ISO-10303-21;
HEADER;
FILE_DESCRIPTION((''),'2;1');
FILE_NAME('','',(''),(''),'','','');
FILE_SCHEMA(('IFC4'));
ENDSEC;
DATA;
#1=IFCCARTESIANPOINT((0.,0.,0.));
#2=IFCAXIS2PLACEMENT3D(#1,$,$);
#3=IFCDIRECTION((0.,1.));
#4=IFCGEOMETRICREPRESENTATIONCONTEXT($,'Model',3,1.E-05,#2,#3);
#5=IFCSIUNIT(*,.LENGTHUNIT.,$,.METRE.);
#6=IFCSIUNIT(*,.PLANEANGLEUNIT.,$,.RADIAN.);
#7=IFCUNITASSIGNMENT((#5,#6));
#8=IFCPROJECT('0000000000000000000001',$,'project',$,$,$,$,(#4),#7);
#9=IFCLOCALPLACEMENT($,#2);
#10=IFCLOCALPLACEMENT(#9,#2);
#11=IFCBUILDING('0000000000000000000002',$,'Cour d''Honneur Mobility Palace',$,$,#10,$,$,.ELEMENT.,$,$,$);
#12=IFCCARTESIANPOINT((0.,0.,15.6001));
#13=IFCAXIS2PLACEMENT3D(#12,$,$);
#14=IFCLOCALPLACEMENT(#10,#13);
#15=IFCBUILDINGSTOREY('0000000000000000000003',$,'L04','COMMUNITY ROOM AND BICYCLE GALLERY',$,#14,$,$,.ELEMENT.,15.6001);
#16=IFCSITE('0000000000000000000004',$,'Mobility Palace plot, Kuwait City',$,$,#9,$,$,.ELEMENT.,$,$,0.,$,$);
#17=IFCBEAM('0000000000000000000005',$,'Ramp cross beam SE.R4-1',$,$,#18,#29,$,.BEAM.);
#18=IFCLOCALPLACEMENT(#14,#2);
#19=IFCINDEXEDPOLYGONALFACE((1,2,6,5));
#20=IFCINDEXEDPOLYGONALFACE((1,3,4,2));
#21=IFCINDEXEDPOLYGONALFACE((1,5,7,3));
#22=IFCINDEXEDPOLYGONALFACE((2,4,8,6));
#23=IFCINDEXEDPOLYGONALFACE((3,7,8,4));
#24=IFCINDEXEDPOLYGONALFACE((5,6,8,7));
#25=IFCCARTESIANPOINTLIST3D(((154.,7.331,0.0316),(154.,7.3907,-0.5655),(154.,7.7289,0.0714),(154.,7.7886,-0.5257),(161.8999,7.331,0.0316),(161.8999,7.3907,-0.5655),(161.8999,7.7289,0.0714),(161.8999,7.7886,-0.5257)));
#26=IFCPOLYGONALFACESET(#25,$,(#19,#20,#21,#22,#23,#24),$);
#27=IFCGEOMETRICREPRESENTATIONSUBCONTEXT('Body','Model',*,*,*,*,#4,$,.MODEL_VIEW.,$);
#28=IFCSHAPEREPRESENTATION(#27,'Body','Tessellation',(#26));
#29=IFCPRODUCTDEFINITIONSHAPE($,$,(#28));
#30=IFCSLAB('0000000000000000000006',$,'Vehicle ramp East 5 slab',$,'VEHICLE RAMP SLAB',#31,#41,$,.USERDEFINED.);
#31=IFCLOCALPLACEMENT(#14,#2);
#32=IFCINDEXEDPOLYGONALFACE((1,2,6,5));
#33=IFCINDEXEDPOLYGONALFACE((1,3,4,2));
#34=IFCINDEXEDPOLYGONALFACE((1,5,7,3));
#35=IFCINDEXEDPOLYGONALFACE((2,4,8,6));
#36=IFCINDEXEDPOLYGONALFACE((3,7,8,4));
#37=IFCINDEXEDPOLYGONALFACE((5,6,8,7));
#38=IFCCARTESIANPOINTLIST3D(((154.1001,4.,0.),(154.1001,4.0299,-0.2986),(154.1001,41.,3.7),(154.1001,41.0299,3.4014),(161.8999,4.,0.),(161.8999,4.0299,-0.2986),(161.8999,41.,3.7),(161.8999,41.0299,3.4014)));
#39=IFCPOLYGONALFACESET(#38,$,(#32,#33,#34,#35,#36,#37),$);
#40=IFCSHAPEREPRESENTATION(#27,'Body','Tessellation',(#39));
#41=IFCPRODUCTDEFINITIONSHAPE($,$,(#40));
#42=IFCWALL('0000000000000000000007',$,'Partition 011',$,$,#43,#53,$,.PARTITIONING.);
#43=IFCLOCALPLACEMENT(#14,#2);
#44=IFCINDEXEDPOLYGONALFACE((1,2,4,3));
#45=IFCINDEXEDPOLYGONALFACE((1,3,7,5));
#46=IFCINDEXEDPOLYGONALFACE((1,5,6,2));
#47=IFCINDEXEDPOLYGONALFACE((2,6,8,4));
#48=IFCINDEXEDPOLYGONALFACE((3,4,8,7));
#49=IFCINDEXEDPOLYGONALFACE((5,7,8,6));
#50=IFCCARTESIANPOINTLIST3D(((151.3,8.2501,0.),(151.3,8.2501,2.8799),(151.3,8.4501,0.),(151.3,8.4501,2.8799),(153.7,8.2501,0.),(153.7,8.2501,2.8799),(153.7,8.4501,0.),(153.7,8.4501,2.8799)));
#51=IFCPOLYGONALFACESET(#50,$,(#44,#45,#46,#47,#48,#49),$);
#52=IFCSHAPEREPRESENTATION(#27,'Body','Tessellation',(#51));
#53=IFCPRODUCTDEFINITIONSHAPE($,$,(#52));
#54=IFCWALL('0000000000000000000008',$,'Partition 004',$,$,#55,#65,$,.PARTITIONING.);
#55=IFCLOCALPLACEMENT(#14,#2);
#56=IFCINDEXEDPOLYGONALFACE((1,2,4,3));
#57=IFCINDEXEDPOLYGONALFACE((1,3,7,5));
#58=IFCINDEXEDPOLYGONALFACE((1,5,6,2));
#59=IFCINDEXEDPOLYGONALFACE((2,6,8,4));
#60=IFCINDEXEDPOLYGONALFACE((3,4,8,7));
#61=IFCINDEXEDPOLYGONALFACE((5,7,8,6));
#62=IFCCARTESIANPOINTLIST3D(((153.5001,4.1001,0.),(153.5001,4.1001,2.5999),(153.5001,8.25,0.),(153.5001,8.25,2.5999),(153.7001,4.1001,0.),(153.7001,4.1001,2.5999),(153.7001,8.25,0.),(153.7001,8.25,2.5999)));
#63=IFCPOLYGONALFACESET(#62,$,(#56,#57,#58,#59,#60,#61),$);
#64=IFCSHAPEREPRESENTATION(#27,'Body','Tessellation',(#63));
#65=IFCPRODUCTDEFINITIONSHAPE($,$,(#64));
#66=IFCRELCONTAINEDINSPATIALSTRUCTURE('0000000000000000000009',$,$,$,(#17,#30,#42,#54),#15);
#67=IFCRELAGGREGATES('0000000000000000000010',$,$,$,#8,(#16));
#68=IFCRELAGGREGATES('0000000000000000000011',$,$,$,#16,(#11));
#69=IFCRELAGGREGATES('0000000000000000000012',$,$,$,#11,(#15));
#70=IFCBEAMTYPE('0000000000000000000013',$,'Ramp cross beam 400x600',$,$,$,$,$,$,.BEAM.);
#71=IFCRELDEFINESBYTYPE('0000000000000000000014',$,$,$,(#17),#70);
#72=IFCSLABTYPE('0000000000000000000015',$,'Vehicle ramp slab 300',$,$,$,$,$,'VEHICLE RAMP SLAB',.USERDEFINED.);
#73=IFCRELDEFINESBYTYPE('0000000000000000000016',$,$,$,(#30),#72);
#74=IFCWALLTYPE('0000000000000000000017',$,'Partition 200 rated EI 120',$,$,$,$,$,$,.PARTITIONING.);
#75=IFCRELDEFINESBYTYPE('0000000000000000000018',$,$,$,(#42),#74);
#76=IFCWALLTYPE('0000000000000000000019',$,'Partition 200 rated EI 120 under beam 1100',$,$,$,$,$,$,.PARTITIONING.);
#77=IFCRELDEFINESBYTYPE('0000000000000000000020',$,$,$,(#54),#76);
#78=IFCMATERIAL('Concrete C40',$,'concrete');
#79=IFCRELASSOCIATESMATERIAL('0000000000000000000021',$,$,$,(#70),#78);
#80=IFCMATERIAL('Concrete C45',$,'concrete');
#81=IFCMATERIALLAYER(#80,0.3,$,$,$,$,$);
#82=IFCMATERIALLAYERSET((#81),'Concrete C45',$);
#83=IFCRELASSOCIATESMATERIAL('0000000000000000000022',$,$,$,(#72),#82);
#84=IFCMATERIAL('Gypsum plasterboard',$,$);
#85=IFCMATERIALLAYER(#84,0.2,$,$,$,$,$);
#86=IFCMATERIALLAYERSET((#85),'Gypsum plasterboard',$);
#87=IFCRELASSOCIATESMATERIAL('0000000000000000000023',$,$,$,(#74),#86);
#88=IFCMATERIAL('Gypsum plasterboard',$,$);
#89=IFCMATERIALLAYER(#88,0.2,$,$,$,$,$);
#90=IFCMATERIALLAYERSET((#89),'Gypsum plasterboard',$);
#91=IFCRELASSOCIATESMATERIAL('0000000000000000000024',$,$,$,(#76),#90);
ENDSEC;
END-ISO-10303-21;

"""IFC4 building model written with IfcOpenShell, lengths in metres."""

from ifc_helpers import new_model, si_unit, direction, frame, frame_2d, origin, origin_2d, place, context, subcontext, project, spatial, polyline, rectangle, outline, extrude, material, layer, layer_set, material_profile, profile_set, type_object, element, save


model = new_model("IFC4")

# Units and contexts
model_context = context("Model", 3, precision=1e-05, world=origin(), true_north=direction((0.0, 1.0)))
body_context = subcontext(model_context, "Body", "Model", "MODEL_VIEW")
ifc_project = project(units=[si_unit("LENGTHUNIT", "METRE"), si_unit("PLANEANGLEUNIT", "RADIAN")], contexts=[model_context])

# Site, building, storey
site_placement = place(None, origin())
site = spatial("IfcSite", under=ifc_project, at=site_placement, Name="Mobility Palace plot, Kuwait City", CompositionType="ELEMENT", RefElevation=0.0)
building_placement = place(site_placement, origin())
building = spatial("IfcBuilding", under=site, at=building_placement, Name="Cour d'Honneur Mobility Palace", CompositionType="ELEMENT")
storey_placement = place(building_placement, frame((0.0, 0.0, 15.6001)))
storey = spatial("IfcBuildingStorey", under=building, at=storey_placement, Name="L04", Description="COMMUNITY ROOM AND BICYCLE GALLERY", CompositionType="ELEMENT", Elevation=15.6001)

# Beam
ifc_material_1 = material(Name="Concrete C40", Category="concrete")
ifc_material_profile_1 = material_profile(ifc_material_1, rectangle(XDim=0.3999, YDim=0.6001, at=origin_2d()), Name="Ramp cross beam 400x600")
ifc_profile_set_1 = profile_set([ifc_material_profile_1], Name="Concrete C40")
beam_type_1 = type_object("IfcBeamType", Name="Ramp cross beam 400x600", PredefinedType="BEAM", material=ifc_profile_set_1)
beam_1_placement = place(storey_placement, frame((161.8999, 7.5598, -0.2471), z_axis=(-1.0, 0.0, 0.0), x_axis=(0.0, -0.995037, -0.099504)))
element("IfcBeam", 1, at=beam_1_placement, inside=storey, type_object=beam_type_1, Name="Ramp cross beam SE.R4-1", PredefinedType="BEAM", context=body_context, shape_type="SweptSolid", body=[
    extrude(rectangle(XDim=0.3999, YDim=0.6001, at=origin_2d()), origin(), (0.0, 0.0, 1.0), 7.8999),
])

# Slab
ifc_material_2 = material(Name="Concrete C45", Category="concrete")
ifc_layer_1 = layer(ifc_material_2, 0.3)
ifc_layer_set_1 = layer_set([ifc_layer_1], Name="Concrete C45")
slab_type = type_object("IfcSlabType", Name="Vehicle ramp slab 300", ElementType="VEHICLE RAMP SLAB", PredefinedType="USERDEFINED", material=ifc_layer_set_1)
slab_placement = place(storey_placement, frame((154.1001, 4.0, 0.0), z_axis=(0.0, -0.099502, 0.995037), x_axis=(1.0, 0.0, 0.0)))
element("IfcSlab", 2, at=slab_placement, inside=storey, type_object=slab_type, Name="Vehicle ramp East 5 slab", ObjectType="VEHICLE RAMP SLAB", PredefinedType="USERDEFINED", context=body_context, shape_type="SweptSolid", body=[
    extrude(outline(polyline([(0.0, 0.0), (7.7998, 0.0), (7.7998, 37.1845), (0.0, 37.1845), (0.0, 0.0)])), origin(), (0.0, 0.0, -1.0), 0.3),
])

# Walls
ifc_material_3 = material(Name="Gypsum plasterboard")
ifc_layer_2 = layer(ifc_material_3, 0.2)
ifc_layer_set_2 = layer_set([ifc_layer_2], Name="Gypsum plasterboard")
wall_type_1 = type_object("IfcWallType", Name="Partition 200 rated EI 120", PredefinedType="PARTITIONING", material=ifc_layer_set_2)
wall_1_placement = place(storey_placement, frame((153.7, 8.3501, 0.0), z_axis=(0.0, 0.0, 1.0), x_axis=(-1.0, 0.0, 0.0)))
element("IfcWall", 3, at=wall_1_placement, inside=storey, type_object=wall_type_1, Name="Partition 011", PredefinedType="PARTITIONING", context=body_context, shape_type="SweptSolid", body=[
    extrude(rectangle(XDim=2.3999, YDim=0.2, at=frame_2d((1.2, 0.0))), origin(), (0.0, 0.0, 1.0), 2.8799),
])
ifc_material_4 = material(Name="Gypsum plasterboard")
ifc_layer_3 = layer(ifc_material_4, 0.2)
ifc_layer_set_3 = layer_set([ifc_layer_3], Name="Gypsum plasterboard")
wall_type_2 = type_object("IfcWallType", Name="Partition 200 rated EI 120 under beam 1100", PredefinedType="PARTITIONING", material=ifc_layer_set_3)
wall_2_placement = place(storey_placement, frame((153.6001, 4.1001, 0.0), z_axis=(0.0, 0.0, 1.0), x_axis=(0.0, 1.0, 0.0)))
element("IfcWall", 4, at=wall_2_placement, inside=storey, type_object=wall_type_2, Name="Partition 004", PredefinedType="PARTITIONING", context=body_context, shape_type="SweptSolid", body=[
    extrude(rectangle(XDim=4.1499, YDim=0.2, at=frame_2d((2.075, 0.0))), origin(), (0.0, 0.0, 1.0), 2.5999),
])

save(model, "model.ifc")
